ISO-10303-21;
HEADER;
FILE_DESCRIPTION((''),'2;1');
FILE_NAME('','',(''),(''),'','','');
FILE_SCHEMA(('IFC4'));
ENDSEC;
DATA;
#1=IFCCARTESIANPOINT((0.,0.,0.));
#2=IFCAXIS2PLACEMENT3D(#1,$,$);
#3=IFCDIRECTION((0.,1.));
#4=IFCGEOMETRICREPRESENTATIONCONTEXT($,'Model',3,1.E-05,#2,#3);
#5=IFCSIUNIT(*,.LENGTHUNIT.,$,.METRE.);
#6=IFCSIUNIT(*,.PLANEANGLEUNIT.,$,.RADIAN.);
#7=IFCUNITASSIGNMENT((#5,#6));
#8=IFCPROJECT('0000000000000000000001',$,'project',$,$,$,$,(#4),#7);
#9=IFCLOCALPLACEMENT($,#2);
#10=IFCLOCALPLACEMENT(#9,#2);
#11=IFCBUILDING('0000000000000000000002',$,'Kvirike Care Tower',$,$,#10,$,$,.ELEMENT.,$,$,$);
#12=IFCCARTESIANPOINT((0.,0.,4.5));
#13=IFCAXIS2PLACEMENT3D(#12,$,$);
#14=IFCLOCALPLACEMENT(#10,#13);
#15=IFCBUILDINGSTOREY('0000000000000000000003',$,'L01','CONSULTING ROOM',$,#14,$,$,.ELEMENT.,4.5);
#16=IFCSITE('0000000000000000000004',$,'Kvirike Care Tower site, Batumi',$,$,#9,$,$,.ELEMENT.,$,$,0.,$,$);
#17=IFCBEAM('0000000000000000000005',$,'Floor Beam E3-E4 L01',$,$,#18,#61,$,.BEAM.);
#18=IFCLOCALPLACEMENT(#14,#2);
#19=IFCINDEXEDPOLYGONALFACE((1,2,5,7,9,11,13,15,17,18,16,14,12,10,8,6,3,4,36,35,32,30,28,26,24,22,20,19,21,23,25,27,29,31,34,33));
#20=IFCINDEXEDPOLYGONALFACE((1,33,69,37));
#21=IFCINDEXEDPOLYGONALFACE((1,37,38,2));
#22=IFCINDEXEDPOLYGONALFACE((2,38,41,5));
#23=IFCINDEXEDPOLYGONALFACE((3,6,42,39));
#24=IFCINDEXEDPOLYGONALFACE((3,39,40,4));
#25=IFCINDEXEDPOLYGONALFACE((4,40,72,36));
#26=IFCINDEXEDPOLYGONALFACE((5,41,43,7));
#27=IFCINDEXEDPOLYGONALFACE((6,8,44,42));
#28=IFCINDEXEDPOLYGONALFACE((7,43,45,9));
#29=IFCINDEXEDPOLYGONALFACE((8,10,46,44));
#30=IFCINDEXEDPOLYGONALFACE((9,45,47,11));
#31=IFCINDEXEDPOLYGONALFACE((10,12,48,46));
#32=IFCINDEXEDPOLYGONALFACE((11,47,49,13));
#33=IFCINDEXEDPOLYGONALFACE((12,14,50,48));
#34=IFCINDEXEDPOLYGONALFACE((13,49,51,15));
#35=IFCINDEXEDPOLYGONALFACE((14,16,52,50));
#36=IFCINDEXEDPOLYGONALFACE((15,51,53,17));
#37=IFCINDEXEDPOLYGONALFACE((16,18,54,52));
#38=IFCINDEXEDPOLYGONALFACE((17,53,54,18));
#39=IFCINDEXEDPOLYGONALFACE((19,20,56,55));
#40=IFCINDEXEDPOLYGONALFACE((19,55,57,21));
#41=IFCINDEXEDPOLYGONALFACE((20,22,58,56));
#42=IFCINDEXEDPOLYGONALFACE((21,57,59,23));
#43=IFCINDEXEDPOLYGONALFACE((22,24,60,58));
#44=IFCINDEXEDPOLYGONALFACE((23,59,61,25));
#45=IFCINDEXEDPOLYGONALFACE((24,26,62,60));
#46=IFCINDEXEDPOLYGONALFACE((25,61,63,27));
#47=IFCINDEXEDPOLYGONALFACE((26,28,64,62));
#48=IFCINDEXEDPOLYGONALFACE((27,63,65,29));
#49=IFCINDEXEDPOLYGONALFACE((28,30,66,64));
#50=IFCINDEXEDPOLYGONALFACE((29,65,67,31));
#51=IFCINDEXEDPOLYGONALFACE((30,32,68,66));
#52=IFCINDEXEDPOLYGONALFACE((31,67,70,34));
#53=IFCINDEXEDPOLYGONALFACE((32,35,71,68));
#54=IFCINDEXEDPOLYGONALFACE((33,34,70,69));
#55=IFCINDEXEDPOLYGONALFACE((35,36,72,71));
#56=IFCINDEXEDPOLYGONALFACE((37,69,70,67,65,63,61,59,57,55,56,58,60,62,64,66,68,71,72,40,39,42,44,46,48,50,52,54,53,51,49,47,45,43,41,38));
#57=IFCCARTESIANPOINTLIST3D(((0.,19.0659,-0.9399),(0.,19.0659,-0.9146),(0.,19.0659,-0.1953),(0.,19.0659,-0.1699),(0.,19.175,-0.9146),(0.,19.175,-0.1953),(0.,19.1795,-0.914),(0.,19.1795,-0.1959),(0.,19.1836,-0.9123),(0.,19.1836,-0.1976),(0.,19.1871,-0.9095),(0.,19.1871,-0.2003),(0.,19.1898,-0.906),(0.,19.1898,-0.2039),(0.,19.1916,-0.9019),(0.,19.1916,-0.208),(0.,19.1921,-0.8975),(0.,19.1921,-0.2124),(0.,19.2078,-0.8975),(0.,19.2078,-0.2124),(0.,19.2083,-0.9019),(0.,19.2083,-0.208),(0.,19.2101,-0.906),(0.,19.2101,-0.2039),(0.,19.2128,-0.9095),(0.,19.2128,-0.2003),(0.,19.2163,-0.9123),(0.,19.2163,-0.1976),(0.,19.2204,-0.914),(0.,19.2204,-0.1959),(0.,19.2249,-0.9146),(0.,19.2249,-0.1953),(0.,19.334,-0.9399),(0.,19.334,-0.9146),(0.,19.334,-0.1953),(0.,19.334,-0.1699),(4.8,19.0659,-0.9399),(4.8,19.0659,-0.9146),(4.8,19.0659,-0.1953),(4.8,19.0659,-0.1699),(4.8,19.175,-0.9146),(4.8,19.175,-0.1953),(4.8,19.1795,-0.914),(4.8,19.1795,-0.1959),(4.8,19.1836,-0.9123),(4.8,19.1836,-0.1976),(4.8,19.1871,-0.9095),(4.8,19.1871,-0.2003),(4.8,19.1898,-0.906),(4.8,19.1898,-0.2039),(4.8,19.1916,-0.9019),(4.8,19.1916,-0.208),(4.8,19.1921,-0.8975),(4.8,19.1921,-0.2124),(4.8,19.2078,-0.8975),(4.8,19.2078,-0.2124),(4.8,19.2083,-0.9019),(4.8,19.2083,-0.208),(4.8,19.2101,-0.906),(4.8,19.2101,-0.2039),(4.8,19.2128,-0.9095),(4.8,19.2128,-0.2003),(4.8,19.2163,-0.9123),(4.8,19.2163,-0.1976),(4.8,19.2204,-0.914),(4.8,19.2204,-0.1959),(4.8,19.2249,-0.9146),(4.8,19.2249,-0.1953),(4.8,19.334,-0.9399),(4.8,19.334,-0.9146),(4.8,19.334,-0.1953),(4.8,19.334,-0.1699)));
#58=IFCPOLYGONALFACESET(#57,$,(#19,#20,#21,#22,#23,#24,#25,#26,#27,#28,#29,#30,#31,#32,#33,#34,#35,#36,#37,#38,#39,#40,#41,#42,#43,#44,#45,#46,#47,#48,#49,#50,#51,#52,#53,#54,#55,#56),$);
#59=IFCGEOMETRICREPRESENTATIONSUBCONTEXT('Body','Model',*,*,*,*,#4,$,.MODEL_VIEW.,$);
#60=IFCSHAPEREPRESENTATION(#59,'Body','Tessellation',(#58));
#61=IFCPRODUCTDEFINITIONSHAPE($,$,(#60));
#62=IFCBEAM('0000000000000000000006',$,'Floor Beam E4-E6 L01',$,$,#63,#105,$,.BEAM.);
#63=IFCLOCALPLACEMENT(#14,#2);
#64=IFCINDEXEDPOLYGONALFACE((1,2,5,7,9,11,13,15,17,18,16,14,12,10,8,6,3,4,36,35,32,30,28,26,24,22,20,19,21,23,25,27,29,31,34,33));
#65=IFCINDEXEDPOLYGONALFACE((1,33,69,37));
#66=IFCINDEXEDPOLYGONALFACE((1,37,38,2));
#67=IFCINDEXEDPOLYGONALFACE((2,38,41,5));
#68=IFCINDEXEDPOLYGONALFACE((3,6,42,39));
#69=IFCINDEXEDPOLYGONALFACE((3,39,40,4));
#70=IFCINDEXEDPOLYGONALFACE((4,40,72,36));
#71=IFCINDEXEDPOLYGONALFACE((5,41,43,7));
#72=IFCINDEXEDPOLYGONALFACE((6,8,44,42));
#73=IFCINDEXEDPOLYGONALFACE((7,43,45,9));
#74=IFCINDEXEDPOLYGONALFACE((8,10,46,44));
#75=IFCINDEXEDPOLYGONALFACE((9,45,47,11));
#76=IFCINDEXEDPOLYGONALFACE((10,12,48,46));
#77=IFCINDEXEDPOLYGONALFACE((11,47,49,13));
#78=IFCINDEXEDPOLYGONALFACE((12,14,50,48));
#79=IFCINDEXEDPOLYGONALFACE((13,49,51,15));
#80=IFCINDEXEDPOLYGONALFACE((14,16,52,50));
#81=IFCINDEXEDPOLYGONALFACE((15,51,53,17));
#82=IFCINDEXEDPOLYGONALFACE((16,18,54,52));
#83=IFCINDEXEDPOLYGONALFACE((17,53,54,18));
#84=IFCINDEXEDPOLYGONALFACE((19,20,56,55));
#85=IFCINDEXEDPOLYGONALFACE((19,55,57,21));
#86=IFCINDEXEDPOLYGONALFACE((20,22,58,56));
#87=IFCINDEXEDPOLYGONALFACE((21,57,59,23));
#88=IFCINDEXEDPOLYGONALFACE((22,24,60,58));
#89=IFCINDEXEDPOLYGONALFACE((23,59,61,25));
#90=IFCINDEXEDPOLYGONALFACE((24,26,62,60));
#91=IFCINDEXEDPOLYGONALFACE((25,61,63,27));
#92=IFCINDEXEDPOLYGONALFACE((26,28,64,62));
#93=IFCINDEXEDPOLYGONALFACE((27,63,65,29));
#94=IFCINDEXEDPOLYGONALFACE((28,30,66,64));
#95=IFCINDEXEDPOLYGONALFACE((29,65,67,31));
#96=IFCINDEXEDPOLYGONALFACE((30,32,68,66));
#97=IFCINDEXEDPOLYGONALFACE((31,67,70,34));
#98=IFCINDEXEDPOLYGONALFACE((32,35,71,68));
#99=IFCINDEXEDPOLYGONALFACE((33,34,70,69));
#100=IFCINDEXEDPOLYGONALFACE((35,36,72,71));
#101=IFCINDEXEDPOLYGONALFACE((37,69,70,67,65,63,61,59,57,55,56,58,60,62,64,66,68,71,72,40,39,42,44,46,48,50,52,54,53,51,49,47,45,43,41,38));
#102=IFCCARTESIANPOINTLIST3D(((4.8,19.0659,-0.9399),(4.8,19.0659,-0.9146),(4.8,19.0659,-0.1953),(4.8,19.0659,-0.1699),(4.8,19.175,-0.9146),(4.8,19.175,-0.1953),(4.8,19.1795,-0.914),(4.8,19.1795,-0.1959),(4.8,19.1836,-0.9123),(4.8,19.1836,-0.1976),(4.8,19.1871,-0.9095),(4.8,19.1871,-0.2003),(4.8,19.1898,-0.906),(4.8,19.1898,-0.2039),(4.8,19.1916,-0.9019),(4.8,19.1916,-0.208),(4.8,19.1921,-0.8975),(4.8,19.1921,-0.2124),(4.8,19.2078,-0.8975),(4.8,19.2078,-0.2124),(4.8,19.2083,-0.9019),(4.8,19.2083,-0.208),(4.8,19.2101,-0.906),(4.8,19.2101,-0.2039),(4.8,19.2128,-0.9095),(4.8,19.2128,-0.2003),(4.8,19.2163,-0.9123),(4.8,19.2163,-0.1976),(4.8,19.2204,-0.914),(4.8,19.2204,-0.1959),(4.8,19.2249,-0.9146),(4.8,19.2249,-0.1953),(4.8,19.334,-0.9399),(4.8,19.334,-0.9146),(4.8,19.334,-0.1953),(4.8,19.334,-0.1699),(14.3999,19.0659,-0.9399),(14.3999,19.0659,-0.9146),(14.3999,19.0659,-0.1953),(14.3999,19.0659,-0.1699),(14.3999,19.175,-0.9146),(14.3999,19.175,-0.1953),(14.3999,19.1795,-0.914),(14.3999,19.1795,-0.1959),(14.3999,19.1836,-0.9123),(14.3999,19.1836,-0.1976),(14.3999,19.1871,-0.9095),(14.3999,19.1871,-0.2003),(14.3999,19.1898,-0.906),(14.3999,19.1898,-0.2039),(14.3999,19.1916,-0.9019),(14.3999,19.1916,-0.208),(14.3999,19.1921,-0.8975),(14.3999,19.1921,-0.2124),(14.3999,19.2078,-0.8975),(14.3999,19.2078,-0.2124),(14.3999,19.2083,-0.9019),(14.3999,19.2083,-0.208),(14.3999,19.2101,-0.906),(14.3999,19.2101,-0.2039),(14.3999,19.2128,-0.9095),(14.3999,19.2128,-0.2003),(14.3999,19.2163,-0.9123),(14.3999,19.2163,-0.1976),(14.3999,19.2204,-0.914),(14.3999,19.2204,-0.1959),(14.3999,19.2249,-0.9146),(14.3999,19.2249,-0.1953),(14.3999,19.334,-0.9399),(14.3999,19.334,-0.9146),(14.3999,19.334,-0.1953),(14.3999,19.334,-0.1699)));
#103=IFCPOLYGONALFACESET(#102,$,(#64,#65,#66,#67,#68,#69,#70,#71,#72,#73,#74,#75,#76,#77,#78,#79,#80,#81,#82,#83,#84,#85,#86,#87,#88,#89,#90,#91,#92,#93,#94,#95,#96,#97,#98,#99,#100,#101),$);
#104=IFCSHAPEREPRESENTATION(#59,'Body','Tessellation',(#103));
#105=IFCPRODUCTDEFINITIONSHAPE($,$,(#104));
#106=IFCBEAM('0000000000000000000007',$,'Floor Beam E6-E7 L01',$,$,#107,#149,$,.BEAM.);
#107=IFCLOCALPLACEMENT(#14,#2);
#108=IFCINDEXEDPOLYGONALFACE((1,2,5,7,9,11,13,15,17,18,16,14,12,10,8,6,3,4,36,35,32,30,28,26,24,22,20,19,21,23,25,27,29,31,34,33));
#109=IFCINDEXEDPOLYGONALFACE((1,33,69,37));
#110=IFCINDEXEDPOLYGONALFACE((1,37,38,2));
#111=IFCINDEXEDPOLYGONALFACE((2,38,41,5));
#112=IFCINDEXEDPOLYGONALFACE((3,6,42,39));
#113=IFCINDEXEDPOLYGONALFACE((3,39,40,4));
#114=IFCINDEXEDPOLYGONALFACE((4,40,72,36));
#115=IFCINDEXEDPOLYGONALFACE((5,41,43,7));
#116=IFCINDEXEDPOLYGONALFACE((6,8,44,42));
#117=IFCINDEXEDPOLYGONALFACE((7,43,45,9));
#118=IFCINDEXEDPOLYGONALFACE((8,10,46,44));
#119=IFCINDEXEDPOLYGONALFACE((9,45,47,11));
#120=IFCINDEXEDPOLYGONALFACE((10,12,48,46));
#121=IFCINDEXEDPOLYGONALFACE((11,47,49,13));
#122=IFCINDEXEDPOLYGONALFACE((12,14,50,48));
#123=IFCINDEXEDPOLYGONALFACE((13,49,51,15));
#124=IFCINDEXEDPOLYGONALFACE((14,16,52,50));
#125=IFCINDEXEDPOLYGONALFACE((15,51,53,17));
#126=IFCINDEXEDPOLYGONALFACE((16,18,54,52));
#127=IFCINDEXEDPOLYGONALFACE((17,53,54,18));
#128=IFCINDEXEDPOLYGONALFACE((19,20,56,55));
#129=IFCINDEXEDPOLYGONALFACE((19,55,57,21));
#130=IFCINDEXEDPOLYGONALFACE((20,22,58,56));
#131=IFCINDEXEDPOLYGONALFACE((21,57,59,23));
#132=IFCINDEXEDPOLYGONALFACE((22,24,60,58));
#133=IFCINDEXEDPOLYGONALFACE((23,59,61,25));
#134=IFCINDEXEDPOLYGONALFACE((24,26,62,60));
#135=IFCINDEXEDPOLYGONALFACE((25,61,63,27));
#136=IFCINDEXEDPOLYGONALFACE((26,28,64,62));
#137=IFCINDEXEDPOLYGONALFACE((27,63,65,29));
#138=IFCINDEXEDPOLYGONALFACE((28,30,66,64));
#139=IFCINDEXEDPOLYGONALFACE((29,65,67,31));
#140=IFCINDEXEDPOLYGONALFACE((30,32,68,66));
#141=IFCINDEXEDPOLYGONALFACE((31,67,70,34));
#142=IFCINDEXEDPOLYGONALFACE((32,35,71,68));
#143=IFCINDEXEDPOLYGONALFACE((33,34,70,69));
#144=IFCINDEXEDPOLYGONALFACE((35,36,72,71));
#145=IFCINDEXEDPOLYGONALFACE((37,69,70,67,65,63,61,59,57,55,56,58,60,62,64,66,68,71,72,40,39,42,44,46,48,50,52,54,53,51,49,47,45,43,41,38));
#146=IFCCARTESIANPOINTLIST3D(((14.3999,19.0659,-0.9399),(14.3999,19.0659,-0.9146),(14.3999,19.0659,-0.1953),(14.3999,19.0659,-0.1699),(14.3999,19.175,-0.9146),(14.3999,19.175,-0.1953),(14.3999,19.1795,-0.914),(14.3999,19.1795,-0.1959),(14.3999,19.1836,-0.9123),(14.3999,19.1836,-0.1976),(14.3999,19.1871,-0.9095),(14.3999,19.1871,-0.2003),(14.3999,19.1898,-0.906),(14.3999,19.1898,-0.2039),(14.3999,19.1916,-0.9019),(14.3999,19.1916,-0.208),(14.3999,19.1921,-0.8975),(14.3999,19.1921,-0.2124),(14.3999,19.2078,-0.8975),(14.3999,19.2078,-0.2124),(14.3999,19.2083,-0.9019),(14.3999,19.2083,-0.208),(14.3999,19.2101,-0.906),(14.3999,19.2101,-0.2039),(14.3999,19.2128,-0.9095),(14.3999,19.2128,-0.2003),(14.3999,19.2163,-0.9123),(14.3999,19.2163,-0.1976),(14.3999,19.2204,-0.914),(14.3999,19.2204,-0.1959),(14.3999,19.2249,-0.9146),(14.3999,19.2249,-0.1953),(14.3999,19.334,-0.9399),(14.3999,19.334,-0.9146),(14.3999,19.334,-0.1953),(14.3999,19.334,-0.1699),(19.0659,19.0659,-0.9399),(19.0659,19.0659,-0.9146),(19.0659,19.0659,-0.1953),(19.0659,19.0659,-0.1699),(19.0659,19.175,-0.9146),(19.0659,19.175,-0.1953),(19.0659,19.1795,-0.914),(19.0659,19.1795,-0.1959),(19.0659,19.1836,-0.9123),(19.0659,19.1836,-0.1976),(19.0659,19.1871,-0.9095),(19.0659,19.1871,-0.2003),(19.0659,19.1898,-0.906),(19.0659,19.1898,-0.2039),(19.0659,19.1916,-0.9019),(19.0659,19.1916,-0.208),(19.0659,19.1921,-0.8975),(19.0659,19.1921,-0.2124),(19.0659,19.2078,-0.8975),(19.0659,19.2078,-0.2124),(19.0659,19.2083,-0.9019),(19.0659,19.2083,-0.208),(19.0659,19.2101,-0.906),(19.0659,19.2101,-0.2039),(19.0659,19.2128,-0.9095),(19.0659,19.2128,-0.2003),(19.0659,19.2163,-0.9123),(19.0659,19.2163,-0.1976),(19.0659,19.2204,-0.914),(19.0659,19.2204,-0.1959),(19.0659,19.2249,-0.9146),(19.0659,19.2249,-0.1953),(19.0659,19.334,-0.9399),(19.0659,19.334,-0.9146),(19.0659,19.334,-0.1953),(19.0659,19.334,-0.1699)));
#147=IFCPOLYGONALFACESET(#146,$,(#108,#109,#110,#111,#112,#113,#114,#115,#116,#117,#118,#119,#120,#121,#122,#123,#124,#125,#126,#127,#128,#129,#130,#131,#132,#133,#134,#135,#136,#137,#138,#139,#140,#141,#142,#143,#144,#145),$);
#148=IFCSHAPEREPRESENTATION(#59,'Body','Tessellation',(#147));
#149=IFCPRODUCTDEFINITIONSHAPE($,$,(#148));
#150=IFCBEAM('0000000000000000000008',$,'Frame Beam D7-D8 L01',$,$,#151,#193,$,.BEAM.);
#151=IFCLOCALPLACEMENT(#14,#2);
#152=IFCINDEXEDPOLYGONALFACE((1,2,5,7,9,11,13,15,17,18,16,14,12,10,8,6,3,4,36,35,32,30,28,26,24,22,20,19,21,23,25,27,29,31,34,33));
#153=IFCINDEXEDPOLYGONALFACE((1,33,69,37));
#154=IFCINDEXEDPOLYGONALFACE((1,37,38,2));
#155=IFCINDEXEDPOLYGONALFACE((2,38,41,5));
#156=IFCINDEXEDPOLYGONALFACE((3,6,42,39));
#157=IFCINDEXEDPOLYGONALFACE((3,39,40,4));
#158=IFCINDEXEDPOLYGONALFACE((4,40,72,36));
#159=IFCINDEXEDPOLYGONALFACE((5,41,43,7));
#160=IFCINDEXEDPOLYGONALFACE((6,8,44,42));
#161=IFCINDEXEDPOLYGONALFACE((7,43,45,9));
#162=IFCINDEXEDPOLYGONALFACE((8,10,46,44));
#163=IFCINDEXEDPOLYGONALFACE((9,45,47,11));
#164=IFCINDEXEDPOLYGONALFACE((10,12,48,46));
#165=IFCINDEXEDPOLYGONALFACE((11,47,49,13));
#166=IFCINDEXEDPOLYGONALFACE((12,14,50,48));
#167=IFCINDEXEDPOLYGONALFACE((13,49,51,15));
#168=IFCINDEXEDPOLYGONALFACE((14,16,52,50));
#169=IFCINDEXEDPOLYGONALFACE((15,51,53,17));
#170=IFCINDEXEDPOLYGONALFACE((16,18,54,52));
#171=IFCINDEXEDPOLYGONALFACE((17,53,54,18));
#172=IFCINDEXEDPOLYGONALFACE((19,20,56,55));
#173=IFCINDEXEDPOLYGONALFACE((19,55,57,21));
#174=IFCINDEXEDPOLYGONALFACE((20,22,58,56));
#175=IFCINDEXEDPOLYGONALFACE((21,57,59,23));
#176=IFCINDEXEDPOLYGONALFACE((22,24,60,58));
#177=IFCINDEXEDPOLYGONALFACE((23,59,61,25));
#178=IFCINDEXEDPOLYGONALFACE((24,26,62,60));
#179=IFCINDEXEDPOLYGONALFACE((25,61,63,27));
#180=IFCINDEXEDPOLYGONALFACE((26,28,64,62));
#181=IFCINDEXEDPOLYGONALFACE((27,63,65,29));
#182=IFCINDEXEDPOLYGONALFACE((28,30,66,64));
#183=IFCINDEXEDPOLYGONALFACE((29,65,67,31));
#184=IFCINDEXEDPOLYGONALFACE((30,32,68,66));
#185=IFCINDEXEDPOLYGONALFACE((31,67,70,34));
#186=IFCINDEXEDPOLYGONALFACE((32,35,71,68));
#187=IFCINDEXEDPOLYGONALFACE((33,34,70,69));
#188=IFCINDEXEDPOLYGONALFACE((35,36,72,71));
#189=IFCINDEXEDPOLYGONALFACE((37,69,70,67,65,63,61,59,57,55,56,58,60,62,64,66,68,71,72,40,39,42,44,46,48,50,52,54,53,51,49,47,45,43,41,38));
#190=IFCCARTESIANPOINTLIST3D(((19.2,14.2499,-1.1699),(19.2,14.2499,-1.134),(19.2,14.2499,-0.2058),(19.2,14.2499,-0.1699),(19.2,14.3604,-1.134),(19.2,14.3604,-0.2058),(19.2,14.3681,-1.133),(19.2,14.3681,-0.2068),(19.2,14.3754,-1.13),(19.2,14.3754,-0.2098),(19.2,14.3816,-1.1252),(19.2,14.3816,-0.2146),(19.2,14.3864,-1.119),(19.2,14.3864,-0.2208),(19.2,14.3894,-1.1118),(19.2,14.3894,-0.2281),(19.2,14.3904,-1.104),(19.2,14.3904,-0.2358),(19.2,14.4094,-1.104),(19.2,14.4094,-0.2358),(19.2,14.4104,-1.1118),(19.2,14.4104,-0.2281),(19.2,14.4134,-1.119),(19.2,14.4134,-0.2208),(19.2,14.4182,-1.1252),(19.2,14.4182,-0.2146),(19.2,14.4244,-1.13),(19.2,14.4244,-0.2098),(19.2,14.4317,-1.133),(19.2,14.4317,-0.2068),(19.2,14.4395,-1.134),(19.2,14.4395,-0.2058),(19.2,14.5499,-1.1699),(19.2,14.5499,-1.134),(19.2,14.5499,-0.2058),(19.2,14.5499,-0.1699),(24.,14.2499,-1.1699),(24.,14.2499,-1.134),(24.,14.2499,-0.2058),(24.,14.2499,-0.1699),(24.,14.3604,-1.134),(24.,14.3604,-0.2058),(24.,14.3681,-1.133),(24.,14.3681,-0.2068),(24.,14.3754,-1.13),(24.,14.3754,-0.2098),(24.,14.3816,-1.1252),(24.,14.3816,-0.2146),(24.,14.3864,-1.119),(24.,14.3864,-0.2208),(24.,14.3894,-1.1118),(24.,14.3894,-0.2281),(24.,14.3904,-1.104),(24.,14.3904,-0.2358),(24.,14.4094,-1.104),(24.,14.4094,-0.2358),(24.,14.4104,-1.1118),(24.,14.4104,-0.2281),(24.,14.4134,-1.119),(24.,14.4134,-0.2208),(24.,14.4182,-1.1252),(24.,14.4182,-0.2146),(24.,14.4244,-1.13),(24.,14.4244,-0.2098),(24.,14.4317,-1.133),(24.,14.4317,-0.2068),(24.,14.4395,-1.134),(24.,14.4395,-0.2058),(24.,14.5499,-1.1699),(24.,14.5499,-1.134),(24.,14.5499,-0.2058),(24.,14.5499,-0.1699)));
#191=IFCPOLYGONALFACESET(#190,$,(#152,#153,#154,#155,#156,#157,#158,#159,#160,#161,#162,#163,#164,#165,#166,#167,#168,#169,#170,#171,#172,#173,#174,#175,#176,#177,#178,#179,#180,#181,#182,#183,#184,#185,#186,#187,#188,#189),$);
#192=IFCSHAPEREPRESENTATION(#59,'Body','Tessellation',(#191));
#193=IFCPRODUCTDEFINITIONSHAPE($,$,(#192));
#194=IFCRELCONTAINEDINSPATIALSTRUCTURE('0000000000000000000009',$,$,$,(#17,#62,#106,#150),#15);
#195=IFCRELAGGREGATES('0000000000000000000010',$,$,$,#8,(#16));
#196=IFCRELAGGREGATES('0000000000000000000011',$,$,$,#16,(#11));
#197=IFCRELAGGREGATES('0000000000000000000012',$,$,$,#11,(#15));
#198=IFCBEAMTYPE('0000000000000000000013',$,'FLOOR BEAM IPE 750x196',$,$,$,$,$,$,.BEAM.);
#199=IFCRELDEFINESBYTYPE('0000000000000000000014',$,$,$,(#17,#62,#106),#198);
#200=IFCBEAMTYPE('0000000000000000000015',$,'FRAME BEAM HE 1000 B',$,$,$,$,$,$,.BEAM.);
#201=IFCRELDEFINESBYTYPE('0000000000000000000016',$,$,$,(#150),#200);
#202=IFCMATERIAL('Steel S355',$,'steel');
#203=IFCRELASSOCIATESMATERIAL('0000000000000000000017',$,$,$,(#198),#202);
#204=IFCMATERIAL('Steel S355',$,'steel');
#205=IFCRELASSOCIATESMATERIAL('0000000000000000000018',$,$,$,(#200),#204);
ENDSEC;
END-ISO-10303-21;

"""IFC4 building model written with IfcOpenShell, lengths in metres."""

from ifc_helpers import new_model, si_unit, direction, frame, origin, origin_2d, place, context, subcontext, project, spatial, i_section, extrude, material, material_profile, profile_set, type_object, element, save


model = new_model("IFC4")

# Units and contexts
model_context = context("Model", 3, precision=1e-05, world=origin(), true_north=direction((0.0, 1.0)))
body_context = subcontext(model_context, "Body", "Model", "MODEL_VIEW")
ifc_project = project(units=[si_unit("LENGTHUNIT", "METRE"), si_unit("PLANEANGLEUNIT", "RADIAN")], contexts=[model_context])

# Site, building, storey
site_placement = place(None, origin())
site = spatial("IfcSite", under=ifc_project, at=site_placement, Name="Kvirike Care Tower site, Batumi", CompositionType="ELEMENT", RefElevation=0.0)
building_placement = place(site_placement, origin())
building = spatial("IfcBuilding", under=site, at=building_placement, Name="Kvirike Care Tower", CompositionType="ELEMENT")
storey_placement = place(building_placement, frame((0.0, 0.0, 4.5)))
storey = spatial("IfcBuildingStorey", under=building, at=storey_placement, Name="L01", Description="CONSULTING ROOM", CompositionType="ELEMENT", Elevation=4.5)

# Beams
ifc_material_1 = material(Name="Steel S355", Category="steel")
ifc_material_profile_1 = material_profile(ifc_material_1, i_section(OverallWidth=0.2681, OverallDepth=0.77, WebThickness=0.0156, FlangeThickness=0.0254, FilletRadius=0.0171, at=origin_2d()), Name="IPE 750x196")
ifc_profile_set_1 = profile_set([ifc_material_profile_1], Name="Steel S355")
beam_type_1 = type_object("IfcBeamType", Name="FLOOR BEAM IPE 750x196", PredefinedType="BEAM", material=ifc_profile_set_1)
beam_1_placement = place(storey_placement, frame((0.0, 19.2, -0.5549), z_axis=(1.0, 0.0, 0.0), x_axis=(0.0, 1.0, 0.0)))
element("IfcBeam", 1, at=beam_1_placement, inside=storey, type_object=beam_type_1, Name="Floor Beam E3-E4 L01", PredefinedType="BEAM", context=body_context, shape_type="SweptSolid", body=[
    extrude(i_section(OverallWidth=0.2681, OverallDepth=0.77, WebThickness=0.0156, FlangeThickness=0.0254, FilletRadius=0.0171, at=origin_2d()), origin(), (0.0, 0.0, 1.0), 4.8),
])
beam_2_placement = place(storey_placement, frame((4.8, 19.2, -0.5549), z_axis=(1.0, 0.0, 0.0), x_axis=(0.0, 1.0, 0.0)))
element("IfcBeam", 2, at=beam_2_placement, inside=storey, type_object=beam_type_1, Name="Floor Beam E4-E6 L01", PredefinedType="BEAM", context=body_context, shape_type="SweptSolid", body=[
    extrude(i_section(OverallWidth=0.2681, OverallDepth=0.77, WebThickness=0.0156, FlangeThickness=0.0254, FilletRadius=0.0171, at=origin_2d()), origin(), (0.0, 0.0, 1.0), 9.5999),
])
beam_3_placement = place(storey_placement, frame((14.3999, 19.2, -0.5549), z_axis=(1.0, 0.0, 0.0), x_axis=(0.0, 1.0, 0.0)))
element("IfcBeam", 3, at=beam_3_placement, inside=storey, type_object=beam_type_1, Name="Floor Beam E6-E7 L01", PredefinedType="BEAM", context=body_context, shape_type="SweptSolid", body=[
    extrude(i_section(OverallWidth=0.2681, OverallDepth=0.77, WebThickness=0.0156, FlangeThickness=0.0254, FilletRadius=0.0171, at=origin_2d()), origin(), (0.0, 0.0, 1.0), 4.666),
])
ifc_material_2 = material(Name="Steel S355", Category="steel")
ifc_material_profile_2 = material_profile(ifc_material_2, i_section(OverallWidth=0.3, OverallDepth=1.0, WebThickness=0.019, FlangeThickness=0.0359, FilletRadius=0.03, at=origin_2d()), Name="HE 1000 B")
ifc_profile_set_2 = profile_set([ifc_material_profile_2], Name="Steel S355")
beam_type_2 = type_object("IfcBeamType", Name="FRAME BEAM HE 1000 B", PredefinedType="BEAM", material=ifc_profile_set_2)
for number, where, z_axis, x_axis, name in (
    (4, (19.2, 14.3999, -0.6699), (1.0, 0.0, 0.0), (0.0, 1.0, 0.0), "Frame Beam D7-D8 L01"),
):
    element("IfcBeam", number, at=place(storey_placement, frame(where, z_axis=z_axis, x_axis=x_axis)), inside=storey, type_object=beam_type_2, Name=name, PredefinedType="BEAM", context=body_context, shape_type="SweptSolid", body=[
        extrude(i_section(OverallWidth=0.3, OverallDepth=1.0, WebThickness=0.019, FlangeThickness=0.0359, FilletRadius=0.03, at=origin_2d()), origin(), (0.0, 0.0, 1.0), 4.8),
    ])

save(model, "model.ifc")
